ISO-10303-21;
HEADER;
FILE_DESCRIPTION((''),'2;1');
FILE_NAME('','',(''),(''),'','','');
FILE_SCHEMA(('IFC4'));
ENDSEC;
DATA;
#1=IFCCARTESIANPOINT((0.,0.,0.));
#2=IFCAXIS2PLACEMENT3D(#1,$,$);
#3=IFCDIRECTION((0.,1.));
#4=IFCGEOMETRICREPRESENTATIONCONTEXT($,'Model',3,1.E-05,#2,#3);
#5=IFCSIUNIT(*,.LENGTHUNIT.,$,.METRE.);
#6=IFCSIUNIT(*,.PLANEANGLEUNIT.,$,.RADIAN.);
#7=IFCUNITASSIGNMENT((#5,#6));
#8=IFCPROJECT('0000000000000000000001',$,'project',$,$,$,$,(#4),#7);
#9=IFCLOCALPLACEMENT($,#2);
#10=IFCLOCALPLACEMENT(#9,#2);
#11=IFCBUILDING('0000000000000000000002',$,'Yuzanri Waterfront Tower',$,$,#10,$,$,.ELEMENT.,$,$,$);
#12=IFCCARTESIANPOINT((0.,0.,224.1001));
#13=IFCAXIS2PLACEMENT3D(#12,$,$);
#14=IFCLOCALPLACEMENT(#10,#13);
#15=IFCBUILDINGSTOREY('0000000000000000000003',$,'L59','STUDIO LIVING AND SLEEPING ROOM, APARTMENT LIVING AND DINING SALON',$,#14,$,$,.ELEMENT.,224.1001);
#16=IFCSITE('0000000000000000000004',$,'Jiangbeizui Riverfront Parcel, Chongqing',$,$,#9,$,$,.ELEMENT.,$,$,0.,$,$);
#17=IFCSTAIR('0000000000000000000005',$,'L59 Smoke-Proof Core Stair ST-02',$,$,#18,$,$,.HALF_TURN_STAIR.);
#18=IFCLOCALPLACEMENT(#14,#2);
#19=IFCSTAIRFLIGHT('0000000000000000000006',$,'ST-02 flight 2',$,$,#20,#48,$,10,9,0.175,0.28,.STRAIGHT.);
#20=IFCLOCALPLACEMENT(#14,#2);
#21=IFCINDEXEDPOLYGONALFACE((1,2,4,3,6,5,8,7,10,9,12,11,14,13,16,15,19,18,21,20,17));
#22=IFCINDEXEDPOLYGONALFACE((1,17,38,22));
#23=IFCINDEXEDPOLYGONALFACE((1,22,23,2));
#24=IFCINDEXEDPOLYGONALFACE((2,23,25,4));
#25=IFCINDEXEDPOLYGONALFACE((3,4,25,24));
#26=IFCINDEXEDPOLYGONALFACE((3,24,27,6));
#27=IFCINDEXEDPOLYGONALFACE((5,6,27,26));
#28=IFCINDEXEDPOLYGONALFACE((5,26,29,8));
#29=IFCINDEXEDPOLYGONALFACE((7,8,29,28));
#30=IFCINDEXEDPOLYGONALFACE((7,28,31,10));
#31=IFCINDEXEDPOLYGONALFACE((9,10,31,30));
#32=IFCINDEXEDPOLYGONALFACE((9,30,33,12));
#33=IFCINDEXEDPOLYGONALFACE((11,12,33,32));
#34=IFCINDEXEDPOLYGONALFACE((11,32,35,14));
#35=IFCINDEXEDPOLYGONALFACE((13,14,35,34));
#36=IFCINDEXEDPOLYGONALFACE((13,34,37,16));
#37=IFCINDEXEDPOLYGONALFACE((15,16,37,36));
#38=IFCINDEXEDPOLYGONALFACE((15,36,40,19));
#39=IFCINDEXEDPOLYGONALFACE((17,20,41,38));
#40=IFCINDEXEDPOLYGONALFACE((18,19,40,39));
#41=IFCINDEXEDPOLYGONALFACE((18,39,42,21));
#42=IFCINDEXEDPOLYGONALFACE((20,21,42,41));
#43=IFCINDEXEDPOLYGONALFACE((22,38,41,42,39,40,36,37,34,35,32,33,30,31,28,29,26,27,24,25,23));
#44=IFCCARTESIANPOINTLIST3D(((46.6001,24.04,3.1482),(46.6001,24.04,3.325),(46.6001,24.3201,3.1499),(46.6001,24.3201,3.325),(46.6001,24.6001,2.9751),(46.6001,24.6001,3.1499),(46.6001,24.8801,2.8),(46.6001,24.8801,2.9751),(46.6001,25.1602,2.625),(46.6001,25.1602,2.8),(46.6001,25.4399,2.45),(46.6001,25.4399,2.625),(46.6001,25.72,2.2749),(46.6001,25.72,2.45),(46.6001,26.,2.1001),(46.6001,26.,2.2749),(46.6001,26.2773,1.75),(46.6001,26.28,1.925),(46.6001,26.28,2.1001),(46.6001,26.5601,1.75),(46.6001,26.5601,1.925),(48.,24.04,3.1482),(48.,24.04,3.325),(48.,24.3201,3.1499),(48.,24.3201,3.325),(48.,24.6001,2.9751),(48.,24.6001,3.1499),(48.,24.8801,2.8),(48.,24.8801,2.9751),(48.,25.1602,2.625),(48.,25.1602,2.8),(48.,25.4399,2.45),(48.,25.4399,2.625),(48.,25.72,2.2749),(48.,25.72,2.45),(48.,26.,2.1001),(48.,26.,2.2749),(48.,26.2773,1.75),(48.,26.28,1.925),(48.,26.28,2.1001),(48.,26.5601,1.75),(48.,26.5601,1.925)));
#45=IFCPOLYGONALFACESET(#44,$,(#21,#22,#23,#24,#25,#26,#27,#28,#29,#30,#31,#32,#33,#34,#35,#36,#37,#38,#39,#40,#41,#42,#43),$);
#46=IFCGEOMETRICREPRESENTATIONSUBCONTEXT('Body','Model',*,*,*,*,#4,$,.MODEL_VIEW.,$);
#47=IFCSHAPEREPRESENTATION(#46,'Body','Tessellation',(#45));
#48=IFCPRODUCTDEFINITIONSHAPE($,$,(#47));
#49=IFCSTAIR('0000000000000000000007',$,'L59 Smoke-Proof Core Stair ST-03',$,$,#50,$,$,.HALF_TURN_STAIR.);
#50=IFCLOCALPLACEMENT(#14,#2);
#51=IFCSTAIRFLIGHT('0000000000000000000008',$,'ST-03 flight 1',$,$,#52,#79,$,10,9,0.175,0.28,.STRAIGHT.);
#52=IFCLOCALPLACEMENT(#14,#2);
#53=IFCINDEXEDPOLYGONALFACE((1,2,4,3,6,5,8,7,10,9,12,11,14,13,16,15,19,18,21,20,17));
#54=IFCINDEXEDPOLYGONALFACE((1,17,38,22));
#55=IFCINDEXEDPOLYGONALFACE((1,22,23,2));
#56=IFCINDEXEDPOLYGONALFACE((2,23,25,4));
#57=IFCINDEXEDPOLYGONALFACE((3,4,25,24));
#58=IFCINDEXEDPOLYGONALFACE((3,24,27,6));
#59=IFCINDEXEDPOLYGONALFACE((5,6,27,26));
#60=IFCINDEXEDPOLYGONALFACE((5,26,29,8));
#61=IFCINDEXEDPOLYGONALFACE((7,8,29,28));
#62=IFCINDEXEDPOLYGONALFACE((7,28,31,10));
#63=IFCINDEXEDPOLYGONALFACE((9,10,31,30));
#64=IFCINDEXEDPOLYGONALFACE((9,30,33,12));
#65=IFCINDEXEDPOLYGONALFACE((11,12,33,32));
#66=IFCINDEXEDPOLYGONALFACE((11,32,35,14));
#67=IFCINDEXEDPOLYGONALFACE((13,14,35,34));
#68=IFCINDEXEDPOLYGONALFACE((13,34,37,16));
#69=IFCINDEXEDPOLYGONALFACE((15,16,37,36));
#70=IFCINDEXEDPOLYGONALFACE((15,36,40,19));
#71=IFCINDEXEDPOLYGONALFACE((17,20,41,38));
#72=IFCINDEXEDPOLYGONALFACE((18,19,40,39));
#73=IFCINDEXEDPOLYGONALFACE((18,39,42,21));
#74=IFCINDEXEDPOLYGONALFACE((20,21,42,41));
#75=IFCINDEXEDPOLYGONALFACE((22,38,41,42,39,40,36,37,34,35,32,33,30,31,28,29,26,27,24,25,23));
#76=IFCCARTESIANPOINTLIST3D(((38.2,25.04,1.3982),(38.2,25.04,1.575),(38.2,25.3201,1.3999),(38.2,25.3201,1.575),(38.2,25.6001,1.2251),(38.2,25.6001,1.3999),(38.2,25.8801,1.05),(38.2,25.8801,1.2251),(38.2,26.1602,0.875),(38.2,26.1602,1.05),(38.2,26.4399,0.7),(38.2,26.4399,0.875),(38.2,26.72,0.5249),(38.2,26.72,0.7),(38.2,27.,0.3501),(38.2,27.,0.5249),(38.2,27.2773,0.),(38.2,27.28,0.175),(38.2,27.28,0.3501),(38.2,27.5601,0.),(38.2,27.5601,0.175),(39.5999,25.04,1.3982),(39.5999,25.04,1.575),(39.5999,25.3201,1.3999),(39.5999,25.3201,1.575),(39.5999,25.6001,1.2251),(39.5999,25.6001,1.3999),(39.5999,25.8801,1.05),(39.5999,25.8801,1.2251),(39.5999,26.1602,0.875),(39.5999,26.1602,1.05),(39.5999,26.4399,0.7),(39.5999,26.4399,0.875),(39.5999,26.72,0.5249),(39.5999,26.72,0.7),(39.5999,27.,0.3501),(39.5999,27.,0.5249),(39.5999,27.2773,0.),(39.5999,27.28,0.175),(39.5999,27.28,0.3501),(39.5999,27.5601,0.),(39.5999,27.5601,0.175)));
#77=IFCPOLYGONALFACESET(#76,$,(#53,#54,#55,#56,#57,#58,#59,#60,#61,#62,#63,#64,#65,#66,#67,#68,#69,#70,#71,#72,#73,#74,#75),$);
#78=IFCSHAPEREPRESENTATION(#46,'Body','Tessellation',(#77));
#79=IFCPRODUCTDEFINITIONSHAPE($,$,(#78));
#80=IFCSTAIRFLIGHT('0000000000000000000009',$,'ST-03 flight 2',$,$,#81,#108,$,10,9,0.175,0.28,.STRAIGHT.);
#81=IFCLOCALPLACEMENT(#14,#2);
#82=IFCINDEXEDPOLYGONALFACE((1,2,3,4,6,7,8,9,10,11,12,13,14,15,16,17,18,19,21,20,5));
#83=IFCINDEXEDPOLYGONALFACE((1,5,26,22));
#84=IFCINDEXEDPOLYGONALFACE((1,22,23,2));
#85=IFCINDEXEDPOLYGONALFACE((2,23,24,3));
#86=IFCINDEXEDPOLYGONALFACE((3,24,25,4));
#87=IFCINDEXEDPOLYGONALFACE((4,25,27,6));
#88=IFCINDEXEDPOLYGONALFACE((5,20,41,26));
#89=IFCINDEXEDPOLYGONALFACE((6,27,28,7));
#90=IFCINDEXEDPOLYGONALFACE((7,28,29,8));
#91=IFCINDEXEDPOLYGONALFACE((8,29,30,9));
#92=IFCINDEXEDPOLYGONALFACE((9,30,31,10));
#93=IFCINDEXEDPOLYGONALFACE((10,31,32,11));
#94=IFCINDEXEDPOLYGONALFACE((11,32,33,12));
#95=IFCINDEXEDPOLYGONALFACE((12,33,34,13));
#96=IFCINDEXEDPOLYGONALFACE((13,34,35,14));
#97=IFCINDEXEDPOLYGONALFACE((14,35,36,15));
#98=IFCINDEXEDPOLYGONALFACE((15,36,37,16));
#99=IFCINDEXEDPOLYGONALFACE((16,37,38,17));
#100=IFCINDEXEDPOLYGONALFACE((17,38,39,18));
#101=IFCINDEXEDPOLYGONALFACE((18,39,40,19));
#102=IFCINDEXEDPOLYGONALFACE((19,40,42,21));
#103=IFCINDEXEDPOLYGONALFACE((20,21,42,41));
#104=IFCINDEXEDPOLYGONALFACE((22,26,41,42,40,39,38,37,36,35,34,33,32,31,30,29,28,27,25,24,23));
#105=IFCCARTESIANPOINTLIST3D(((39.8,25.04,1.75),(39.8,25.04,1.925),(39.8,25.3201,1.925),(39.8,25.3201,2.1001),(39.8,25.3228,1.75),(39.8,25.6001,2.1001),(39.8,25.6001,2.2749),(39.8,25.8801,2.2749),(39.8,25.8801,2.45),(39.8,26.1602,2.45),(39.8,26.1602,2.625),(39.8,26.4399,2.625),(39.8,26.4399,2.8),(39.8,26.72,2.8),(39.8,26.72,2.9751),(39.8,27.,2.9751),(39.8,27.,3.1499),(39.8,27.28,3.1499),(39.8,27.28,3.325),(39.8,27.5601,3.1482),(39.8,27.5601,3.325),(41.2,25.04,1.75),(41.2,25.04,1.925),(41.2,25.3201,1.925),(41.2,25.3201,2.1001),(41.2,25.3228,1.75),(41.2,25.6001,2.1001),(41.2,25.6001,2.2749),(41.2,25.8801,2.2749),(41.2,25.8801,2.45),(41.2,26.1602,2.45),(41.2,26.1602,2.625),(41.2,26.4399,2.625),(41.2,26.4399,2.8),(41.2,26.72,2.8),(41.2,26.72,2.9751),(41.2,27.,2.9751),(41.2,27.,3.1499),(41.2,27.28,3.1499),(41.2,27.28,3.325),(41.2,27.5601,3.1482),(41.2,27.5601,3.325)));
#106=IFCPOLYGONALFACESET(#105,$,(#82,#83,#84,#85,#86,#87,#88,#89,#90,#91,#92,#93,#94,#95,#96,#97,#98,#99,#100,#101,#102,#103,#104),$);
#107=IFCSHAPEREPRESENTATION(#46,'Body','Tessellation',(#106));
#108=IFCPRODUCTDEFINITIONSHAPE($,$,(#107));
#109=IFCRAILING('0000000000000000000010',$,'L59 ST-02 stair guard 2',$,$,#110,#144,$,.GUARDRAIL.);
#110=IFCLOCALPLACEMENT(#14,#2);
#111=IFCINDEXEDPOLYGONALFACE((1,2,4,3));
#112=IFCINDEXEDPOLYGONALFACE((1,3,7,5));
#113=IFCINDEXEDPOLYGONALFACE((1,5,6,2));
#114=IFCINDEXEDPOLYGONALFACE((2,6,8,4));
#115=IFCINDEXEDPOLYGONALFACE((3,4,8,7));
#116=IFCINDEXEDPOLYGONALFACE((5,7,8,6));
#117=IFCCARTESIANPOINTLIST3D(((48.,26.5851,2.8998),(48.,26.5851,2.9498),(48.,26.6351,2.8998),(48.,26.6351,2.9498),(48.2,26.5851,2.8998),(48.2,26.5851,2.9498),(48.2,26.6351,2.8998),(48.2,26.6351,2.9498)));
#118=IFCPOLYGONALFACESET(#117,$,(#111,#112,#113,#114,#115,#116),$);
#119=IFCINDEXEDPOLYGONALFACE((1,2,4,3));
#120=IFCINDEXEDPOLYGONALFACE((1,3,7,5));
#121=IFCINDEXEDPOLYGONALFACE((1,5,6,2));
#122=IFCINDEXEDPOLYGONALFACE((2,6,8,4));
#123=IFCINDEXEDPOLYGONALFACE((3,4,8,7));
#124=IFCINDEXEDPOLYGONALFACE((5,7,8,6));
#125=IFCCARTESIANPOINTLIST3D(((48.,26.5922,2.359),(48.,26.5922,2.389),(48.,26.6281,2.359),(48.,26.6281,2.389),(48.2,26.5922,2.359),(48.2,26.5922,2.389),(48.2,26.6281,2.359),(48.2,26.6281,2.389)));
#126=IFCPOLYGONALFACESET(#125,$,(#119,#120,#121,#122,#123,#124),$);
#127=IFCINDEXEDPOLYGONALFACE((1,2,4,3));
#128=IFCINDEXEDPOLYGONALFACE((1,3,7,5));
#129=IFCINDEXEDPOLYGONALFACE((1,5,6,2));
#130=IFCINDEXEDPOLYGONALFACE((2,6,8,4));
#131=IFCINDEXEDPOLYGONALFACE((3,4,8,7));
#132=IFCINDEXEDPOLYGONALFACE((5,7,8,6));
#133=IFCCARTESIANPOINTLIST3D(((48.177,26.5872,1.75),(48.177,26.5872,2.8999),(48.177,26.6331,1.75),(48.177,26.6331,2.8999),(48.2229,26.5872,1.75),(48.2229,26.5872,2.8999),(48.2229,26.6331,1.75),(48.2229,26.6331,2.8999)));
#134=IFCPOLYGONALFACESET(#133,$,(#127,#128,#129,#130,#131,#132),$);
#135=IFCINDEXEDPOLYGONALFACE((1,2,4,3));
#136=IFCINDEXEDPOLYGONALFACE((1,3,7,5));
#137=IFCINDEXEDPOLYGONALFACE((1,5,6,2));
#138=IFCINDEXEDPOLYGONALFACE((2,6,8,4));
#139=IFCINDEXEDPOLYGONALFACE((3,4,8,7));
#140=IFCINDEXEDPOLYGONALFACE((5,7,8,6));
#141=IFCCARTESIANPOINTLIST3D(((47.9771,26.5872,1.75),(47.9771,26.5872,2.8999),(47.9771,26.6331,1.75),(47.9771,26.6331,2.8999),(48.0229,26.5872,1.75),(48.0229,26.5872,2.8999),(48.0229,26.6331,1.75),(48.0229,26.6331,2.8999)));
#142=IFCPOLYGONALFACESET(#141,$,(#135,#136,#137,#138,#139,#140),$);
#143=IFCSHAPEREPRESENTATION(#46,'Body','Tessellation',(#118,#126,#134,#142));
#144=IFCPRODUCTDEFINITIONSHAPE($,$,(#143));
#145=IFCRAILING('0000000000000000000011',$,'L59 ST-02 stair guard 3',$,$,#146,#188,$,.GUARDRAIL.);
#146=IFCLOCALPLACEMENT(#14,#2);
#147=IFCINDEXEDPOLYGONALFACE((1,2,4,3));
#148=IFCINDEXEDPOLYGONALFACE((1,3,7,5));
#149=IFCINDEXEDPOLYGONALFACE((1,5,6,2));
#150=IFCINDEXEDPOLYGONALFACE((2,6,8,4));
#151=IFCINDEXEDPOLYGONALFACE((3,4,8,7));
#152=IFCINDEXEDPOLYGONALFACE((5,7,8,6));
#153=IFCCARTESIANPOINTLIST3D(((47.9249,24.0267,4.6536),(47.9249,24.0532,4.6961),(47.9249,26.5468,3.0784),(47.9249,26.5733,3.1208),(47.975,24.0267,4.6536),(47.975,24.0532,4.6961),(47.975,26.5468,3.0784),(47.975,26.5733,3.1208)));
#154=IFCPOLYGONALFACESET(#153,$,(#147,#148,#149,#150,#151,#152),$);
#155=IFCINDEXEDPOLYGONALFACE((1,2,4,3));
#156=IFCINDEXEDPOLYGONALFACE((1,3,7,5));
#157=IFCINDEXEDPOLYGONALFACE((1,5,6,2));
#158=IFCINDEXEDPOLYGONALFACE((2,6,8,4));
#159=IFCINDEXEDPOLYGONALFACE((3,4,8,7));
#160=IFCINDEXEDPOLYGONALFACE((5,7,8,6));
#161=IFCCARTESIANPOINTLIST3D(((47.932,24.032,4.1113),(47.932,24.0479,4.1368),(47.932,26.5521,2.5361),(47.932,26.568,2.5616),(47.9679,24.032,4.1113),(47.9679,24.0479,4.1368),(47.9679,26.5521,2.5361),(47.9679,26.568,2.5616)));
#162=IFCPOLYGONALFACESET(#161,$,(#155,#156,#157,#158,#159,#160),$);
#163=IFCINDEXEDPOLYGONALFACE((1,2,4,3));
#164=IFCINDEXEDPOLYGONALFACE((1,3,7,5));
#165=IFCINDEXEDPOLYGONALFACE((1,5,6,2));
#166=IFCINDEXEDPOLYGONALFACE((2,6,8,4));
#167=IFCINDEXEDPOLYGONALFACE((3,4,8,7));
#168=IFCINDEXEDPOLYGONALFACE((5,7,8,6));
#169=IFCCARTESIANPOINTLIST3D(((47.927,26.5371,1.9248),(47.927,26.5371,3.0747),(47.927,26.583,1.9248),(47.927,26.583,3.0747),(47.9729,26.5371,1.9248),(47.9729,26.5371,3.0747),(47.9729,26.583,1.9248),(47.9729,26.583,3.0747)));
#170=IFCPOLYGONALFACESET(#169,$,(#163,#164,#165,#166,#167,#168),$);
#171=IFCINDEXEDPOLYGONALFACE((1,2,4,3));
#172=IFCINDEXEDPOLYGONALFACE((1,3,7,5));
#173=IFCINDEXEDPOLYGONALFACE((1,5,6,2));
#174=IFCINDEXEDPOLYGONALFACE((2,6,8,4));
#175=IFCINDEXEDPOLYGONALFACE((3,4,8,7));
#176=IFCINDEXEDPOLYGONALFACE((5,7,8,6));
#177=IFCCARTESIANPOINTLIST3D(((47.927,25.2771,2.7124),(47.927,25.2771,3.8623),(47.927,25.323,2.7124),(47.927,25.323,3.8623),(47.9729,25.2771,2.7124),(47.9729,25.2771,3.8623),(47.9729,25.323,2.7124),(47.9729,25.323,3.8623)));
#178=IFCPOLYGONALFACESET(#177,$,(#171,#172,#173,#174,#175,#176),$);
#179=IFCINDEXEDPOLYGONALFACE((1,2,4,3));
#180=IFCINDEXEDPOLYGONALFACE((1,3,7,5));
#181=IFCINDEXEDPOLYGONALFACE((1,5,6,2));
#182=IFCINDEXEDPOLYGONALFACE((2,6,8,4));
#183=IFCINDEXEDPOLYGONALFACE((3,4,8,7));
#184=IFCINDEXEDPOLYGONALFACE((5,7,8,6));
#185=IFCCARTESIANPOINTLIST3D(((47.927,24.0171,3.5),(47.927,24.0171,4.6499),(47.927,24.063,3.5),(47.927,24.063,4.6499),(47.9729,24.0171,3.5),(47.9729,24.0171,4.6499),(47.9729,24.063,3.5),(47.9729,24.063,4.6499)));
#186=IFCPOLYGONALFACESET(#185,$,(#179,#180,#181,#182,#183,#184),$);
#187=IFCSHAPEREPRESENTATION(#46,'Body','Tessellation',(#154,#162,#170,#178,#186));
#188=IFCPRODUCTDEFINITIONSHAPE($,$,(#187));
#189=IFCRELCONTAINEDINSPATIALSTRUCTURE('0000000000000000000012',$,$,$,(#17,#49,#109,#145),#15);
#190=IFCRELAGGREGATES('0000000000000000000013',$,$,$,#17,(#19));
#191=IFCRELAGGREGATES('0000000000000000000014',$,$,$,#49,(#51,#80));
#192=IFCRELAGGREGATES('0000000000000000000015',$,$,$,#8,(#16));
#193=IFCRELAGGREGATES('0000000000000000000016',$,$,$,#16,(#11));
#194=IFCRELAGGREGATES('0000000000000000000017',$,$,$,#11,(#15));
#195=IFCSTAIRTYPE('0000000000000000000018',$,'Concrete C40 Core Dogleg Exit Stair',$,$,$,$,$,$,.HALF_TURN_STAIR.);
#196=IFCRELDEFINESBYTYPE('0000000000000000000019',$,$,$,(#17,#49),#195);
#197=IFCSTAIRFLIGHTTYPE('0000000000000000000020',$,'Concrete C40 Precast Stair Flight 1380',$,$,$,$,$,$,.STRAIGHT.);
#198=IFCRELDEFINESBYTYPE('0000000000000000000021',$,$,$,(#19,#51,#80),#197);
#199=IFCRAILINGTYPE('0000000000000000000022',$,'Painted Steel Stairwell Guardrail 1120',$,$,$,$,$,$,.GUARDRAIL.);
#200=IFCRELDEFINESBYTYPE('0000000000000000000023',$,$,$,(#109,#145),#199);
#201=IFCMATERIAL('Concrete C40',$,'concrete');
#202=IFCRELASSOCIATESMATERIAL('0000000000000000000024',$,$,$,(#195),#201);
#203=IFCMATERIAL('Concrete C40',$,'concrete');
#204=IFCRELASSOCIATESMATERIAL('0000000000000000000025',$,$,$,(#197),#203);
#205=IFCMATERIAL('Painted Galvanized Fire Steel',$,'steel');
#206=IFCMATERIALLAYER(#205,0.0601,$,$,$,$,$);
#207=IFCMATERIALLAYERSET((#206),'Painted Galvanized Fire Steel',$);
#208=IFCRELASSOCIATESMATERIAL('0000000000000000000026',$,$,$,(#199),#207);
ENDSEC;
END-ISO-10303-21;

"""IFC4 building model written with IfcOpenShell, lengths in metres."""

from ifc_helpers import new_model, si_unit, direction, frame, origin, origin_2d, place, context, subcontext, project, spatial, polyline, rectangle, outline, extrude, source, transform, mapped, material, layer, layer_set, type_object, element, aggregate, save


model = new_model("IFC4")

# Units and contexts
model_context = context("Model", 3, precision=1e-05, world=origin(), true_north=direction((0.0, 1.0)))
body_context = subcontext(model_context, "Body", "Model", "MODEL_VIEW")
ifc_project = project(units=[si_unit("LENGTHUNIT", "METRE"), si_unit("PLANEANGLEUNIT", "RADIAN")], contexts=[model_context])

# Site, building, storey
site_placement = place(None, origin())
site = spatial("IfcSite", under=ifc_project, at=site_placement, Name="Jiangbeizui Riverfront Parcel, Chongqing", CompositionType="ELEMENT", RefElevation=0.0)
building_placement = place(site_placement, origin())
building = spatial("IfcBuilding", under=site, at=building_placement, Name="Yuzanri Waterfront Tower", CompositionType="ELEMENT")
storey_placement = place(building_placement, frame((0.0, 0.0, 224.1001)))
storey = spatial("IfcBuildingStorey", under=building, at=storey_placement, Name="L59", Description="STUDIO LIVING AND SLEEPING ROOM, APARTMENT LIVING AND DINING SALON", CompositionType="ELEMENT", Elevation=224.1001)

# Stair, stair flight
ifc_material_1 = material(Name="Concrete C40", Category="concrete")
stair_type = type_object("IfcStairType", Name="Concrete C40 Core Dogleg Exit Stair", PredefinedType="HALF_TURN_STAIR", material=ifc_material_1)
stair_1_placement = place(storey_placement, origin())
stair_1 = element("IfcStair", 1, at=stair_1_placement, inside=storey, type_object=stair_type, Name="L59 Smoke-Proof Core Stair ST-02", PredefinedType="HALF_TURN_STAIR")
ifc_material_2 = material(Name="Concrete C40", Category="concrete")
stair_flight_type = type_object("IfcStairFlightType", Name="Concrete C40 Precast Stair Flight 1380", PredefinedType="STRAIGHT", material=ifc_material_2)
shared_shape_1 = source(origin(), body_context, "Body", "SweptSolid", [
    extrude(outline(polyline([(0.0, 0.0), (0.0, 0.175), (0.28, 0.175), (0.28, 0.3501), (0.5601, 0.3501), (0.5601, 0.5249), (0.8401, 0.5249), (0.8401, 0.7), (1.1201, 0.7), (1.1201, 0.875), (1.3999, 0.875), (1.3999, 1.05), (1.6799, 1.05), (1.6799, 1.2251), (1.96, 1.2251), (1.96, 1.3999), (2.24, 1.3999), (2.24, 1.575), (2.52, 1.575), (2.52, 1.75), (2.52, 1.3982), (0.2827, 0.0), (0.0, 0.0)])), frame((0.0, 0.7, 0.0), z_axis=(0.0, -1.0, 0.0), x_axis=(1.0, 0.0, 0.0)), (0.0, 0.0, 1.0), 1.3999),
])
stair_flight_1_placement = place(storey_placement, frame((47.3, 26.5601, 1.75), z_axis=(0.0, 0.0, 1.0), x_axis=(0.0, -1.0, 0.0)))
stair_flight_1 = element("IfcStairFlight", 2, at=stair_flight_1_placement, type_object=stair_flight_type, Name="ST-02 flight 2", NumberOfRisers=10, NumberOfTreads=9, PredefinedType="STRAIGHT", RiserHeight=0.175, TreadLength=0.28, context=body_context, shape_type="MappedRepresentation", body=[
    mapped(shared_shape_1, transform((0.0, 0.0, 0.0), scale=1.0)),
])
aggregate(stair_1, [stair_flight_1])

# Stair, stair flights
stair_2_placement = place(storey_placement, origin())
stair_2 = element("IfcStair", 3, at=stair_2_placement, inside=storey, type_object=stair_type, Name="L59 Smoke-Proof Core Stair ST-03", PredefinedType="HALF_TURN_STAIR")
stair_flight_2_placement = place(storey_placement, frame((38.8999, 27.5601, 0.0), z_axis=(0.0, 0.0, 1.0), x_axis=(0.0, -1.0, 0.0)))
stair_flight_2 = element("IfcStairFlight", 4, at=stair_flight_2_placement, type_object=stair_flight_type, Name="ST-03 flight 1", NumberOfRisers=10, NumberOfTreads=9, PredefinedType="STRAIGHT", RiserHeight=0.175, TreadLength=0.28, context=body_context, shape_type="MappedRepresentation", body=[
    mapped(shared_shape_1, transform((0.0, 0.0, 0.0), scale=1.0)),
])
stair_flight_3_placement = place(storey_placement, frame((40.5, 25.04, 1.75), z_axis=(0.0, 0.0, 1.0), x_axis=(0.0, 1.0, 0.0)))
stair_flight_3 = element("IfcStairFlight", 5, at=stair_flight_3_placement, type_object=stair_flight_type, Name="ST-03 flight 2", NumberOfRisers=10, NumberOfTreads=9, PredefinedType="STRAIGHT", RiserHeight=0.175, TreadLength=0.28, context=body_context, shape_type="MappedRepresentation", body=[
    mapped(shared_shape_1, transform((0.0, 0.0, 0.0), scale=1.0)),
])
aggregate(stair_2, [stair_flight_2, stair_flight_3])

# Railings
ifc_material_3 = material(Name="Painted Galvanized Fire Steel", Category="steel")
ifc_layer_1 = layer(ifc_material_3, 0.0601)
ifc_layer_set_1 = layer_set([ifc_layer_1], Name="Painted Galvanized Fire Steel")
railing_type_1 = type_object("IfcRailingType", Name="Painted Steel Stairwell Guardrail 1120", PredefinedType="GUARDRAIL", material=ifc_layer_set_1)
shared_shape_2 = source(origin(), body_context, "Body", "SweptSolid", [
    extrude(rectangle(XDim=0.05, YDim=0.05, at=origin_2d()), frame((0.0, 0.0, 1.1748), z_axis=(-1.0, 0.0, 0.0), x_axis=(0.0, -1.0, 0.0)), (0.0, 0.0, 1.0), 0.2),
    extrude(rectangle(XDim=0.0359, YDim=0.03, at=origin_2d()), frame((0.0, 0.0, 0.624), z_axis=(-1.0, 0.0, 0.0), x_axis=(0.0, -1.0, 0.0)), (0.0, 0.0, 1.0), 0.2),
    extrude(rectangle(XDim=0.0459, YDim=0.0459, at=origin_2d()), origin(), (0.0, 0.0, 1.0), 1.1499),
    extrude(rectangle(XDim=0.0459, YDim=0.0459, at=origin_2d()), frame((-0.2, 0.0, 0.0)), (0.0, 0.0, 1.0), 1.1499),
])
railing_1_placement = place(storey_placement, frame((48.2, 26.6101, 1.75)))
element("IfcRailing", 6, at=railing_1_placement, inside=storey, type_object=railing_type_1, Name="L59 ST-02 stair guard 2", PredefinedType="GUARDRAIL", context=body_context, shape_type="MappedRepresentation", body=[
    mapped(shared_shape_2, transform((0.0, 0.0, 0.0), scale=1.0)),
])
shared_shape_3 = source(origin(), body_context, "Body", "SweptSolid", [
    extrude(rectangle(XDim=0.05, YDim=0.05, at=origin_2d()), frame((0.0, 0.0, 1.1748), z_axis=(0.0, -0.847971, 0.530043), x_axis=(1.0, 0.0, 0.0)), (0.0, 0.0, 1.0), 2.9719),
    extrude(rectangle(XDim=0.0359, YDim=0.03, at=origin_2d()), frame((0.0, 0.0, 0.624), z_axis=(0.0, -0.847971, 0.530043), x_axis=(1.0, 0.0, 0.0)), (0.0, 0.0, 1.0), 2.9719),
    extrude(rectangle(XDim=0.0459, YDim=0.0459, at=origin_2d()), origin(), (0.0, 0.0, 1.0), 1.1499),
    extrude(rectangle(XDim=0.0459, YDim=0.0459, at=origin_2d()), frame((0.0, -1.26, 0.7876)), (0.0, 0.0, 1.0), 1.1499),
    extrude(rectangle(XDim=0.0459, YDim=0.0459, at=origin_2d()), frame((0.0, -2.52, 1.5752)), (0.0, 0.0, 1.0), 1.1499),
])
for number, where, name in (
    (7, (47.95, 26.5601, 1.9248), "L59 ST-02 stair guard 3"),
):
    element("IfcRailing", number, at=place(storey_placement, frame(where)), inside=storey, type_object=railing_type_1, Name=name, PredefinedType="GUARDRAIL", context=body_context, shape_type="MappedRepresentation", body=[
        mapped(shared_shape_3, transform((0.0, 0.0, 0.0), scale=1.0)),
    ])

save(model, "model.ifc")
